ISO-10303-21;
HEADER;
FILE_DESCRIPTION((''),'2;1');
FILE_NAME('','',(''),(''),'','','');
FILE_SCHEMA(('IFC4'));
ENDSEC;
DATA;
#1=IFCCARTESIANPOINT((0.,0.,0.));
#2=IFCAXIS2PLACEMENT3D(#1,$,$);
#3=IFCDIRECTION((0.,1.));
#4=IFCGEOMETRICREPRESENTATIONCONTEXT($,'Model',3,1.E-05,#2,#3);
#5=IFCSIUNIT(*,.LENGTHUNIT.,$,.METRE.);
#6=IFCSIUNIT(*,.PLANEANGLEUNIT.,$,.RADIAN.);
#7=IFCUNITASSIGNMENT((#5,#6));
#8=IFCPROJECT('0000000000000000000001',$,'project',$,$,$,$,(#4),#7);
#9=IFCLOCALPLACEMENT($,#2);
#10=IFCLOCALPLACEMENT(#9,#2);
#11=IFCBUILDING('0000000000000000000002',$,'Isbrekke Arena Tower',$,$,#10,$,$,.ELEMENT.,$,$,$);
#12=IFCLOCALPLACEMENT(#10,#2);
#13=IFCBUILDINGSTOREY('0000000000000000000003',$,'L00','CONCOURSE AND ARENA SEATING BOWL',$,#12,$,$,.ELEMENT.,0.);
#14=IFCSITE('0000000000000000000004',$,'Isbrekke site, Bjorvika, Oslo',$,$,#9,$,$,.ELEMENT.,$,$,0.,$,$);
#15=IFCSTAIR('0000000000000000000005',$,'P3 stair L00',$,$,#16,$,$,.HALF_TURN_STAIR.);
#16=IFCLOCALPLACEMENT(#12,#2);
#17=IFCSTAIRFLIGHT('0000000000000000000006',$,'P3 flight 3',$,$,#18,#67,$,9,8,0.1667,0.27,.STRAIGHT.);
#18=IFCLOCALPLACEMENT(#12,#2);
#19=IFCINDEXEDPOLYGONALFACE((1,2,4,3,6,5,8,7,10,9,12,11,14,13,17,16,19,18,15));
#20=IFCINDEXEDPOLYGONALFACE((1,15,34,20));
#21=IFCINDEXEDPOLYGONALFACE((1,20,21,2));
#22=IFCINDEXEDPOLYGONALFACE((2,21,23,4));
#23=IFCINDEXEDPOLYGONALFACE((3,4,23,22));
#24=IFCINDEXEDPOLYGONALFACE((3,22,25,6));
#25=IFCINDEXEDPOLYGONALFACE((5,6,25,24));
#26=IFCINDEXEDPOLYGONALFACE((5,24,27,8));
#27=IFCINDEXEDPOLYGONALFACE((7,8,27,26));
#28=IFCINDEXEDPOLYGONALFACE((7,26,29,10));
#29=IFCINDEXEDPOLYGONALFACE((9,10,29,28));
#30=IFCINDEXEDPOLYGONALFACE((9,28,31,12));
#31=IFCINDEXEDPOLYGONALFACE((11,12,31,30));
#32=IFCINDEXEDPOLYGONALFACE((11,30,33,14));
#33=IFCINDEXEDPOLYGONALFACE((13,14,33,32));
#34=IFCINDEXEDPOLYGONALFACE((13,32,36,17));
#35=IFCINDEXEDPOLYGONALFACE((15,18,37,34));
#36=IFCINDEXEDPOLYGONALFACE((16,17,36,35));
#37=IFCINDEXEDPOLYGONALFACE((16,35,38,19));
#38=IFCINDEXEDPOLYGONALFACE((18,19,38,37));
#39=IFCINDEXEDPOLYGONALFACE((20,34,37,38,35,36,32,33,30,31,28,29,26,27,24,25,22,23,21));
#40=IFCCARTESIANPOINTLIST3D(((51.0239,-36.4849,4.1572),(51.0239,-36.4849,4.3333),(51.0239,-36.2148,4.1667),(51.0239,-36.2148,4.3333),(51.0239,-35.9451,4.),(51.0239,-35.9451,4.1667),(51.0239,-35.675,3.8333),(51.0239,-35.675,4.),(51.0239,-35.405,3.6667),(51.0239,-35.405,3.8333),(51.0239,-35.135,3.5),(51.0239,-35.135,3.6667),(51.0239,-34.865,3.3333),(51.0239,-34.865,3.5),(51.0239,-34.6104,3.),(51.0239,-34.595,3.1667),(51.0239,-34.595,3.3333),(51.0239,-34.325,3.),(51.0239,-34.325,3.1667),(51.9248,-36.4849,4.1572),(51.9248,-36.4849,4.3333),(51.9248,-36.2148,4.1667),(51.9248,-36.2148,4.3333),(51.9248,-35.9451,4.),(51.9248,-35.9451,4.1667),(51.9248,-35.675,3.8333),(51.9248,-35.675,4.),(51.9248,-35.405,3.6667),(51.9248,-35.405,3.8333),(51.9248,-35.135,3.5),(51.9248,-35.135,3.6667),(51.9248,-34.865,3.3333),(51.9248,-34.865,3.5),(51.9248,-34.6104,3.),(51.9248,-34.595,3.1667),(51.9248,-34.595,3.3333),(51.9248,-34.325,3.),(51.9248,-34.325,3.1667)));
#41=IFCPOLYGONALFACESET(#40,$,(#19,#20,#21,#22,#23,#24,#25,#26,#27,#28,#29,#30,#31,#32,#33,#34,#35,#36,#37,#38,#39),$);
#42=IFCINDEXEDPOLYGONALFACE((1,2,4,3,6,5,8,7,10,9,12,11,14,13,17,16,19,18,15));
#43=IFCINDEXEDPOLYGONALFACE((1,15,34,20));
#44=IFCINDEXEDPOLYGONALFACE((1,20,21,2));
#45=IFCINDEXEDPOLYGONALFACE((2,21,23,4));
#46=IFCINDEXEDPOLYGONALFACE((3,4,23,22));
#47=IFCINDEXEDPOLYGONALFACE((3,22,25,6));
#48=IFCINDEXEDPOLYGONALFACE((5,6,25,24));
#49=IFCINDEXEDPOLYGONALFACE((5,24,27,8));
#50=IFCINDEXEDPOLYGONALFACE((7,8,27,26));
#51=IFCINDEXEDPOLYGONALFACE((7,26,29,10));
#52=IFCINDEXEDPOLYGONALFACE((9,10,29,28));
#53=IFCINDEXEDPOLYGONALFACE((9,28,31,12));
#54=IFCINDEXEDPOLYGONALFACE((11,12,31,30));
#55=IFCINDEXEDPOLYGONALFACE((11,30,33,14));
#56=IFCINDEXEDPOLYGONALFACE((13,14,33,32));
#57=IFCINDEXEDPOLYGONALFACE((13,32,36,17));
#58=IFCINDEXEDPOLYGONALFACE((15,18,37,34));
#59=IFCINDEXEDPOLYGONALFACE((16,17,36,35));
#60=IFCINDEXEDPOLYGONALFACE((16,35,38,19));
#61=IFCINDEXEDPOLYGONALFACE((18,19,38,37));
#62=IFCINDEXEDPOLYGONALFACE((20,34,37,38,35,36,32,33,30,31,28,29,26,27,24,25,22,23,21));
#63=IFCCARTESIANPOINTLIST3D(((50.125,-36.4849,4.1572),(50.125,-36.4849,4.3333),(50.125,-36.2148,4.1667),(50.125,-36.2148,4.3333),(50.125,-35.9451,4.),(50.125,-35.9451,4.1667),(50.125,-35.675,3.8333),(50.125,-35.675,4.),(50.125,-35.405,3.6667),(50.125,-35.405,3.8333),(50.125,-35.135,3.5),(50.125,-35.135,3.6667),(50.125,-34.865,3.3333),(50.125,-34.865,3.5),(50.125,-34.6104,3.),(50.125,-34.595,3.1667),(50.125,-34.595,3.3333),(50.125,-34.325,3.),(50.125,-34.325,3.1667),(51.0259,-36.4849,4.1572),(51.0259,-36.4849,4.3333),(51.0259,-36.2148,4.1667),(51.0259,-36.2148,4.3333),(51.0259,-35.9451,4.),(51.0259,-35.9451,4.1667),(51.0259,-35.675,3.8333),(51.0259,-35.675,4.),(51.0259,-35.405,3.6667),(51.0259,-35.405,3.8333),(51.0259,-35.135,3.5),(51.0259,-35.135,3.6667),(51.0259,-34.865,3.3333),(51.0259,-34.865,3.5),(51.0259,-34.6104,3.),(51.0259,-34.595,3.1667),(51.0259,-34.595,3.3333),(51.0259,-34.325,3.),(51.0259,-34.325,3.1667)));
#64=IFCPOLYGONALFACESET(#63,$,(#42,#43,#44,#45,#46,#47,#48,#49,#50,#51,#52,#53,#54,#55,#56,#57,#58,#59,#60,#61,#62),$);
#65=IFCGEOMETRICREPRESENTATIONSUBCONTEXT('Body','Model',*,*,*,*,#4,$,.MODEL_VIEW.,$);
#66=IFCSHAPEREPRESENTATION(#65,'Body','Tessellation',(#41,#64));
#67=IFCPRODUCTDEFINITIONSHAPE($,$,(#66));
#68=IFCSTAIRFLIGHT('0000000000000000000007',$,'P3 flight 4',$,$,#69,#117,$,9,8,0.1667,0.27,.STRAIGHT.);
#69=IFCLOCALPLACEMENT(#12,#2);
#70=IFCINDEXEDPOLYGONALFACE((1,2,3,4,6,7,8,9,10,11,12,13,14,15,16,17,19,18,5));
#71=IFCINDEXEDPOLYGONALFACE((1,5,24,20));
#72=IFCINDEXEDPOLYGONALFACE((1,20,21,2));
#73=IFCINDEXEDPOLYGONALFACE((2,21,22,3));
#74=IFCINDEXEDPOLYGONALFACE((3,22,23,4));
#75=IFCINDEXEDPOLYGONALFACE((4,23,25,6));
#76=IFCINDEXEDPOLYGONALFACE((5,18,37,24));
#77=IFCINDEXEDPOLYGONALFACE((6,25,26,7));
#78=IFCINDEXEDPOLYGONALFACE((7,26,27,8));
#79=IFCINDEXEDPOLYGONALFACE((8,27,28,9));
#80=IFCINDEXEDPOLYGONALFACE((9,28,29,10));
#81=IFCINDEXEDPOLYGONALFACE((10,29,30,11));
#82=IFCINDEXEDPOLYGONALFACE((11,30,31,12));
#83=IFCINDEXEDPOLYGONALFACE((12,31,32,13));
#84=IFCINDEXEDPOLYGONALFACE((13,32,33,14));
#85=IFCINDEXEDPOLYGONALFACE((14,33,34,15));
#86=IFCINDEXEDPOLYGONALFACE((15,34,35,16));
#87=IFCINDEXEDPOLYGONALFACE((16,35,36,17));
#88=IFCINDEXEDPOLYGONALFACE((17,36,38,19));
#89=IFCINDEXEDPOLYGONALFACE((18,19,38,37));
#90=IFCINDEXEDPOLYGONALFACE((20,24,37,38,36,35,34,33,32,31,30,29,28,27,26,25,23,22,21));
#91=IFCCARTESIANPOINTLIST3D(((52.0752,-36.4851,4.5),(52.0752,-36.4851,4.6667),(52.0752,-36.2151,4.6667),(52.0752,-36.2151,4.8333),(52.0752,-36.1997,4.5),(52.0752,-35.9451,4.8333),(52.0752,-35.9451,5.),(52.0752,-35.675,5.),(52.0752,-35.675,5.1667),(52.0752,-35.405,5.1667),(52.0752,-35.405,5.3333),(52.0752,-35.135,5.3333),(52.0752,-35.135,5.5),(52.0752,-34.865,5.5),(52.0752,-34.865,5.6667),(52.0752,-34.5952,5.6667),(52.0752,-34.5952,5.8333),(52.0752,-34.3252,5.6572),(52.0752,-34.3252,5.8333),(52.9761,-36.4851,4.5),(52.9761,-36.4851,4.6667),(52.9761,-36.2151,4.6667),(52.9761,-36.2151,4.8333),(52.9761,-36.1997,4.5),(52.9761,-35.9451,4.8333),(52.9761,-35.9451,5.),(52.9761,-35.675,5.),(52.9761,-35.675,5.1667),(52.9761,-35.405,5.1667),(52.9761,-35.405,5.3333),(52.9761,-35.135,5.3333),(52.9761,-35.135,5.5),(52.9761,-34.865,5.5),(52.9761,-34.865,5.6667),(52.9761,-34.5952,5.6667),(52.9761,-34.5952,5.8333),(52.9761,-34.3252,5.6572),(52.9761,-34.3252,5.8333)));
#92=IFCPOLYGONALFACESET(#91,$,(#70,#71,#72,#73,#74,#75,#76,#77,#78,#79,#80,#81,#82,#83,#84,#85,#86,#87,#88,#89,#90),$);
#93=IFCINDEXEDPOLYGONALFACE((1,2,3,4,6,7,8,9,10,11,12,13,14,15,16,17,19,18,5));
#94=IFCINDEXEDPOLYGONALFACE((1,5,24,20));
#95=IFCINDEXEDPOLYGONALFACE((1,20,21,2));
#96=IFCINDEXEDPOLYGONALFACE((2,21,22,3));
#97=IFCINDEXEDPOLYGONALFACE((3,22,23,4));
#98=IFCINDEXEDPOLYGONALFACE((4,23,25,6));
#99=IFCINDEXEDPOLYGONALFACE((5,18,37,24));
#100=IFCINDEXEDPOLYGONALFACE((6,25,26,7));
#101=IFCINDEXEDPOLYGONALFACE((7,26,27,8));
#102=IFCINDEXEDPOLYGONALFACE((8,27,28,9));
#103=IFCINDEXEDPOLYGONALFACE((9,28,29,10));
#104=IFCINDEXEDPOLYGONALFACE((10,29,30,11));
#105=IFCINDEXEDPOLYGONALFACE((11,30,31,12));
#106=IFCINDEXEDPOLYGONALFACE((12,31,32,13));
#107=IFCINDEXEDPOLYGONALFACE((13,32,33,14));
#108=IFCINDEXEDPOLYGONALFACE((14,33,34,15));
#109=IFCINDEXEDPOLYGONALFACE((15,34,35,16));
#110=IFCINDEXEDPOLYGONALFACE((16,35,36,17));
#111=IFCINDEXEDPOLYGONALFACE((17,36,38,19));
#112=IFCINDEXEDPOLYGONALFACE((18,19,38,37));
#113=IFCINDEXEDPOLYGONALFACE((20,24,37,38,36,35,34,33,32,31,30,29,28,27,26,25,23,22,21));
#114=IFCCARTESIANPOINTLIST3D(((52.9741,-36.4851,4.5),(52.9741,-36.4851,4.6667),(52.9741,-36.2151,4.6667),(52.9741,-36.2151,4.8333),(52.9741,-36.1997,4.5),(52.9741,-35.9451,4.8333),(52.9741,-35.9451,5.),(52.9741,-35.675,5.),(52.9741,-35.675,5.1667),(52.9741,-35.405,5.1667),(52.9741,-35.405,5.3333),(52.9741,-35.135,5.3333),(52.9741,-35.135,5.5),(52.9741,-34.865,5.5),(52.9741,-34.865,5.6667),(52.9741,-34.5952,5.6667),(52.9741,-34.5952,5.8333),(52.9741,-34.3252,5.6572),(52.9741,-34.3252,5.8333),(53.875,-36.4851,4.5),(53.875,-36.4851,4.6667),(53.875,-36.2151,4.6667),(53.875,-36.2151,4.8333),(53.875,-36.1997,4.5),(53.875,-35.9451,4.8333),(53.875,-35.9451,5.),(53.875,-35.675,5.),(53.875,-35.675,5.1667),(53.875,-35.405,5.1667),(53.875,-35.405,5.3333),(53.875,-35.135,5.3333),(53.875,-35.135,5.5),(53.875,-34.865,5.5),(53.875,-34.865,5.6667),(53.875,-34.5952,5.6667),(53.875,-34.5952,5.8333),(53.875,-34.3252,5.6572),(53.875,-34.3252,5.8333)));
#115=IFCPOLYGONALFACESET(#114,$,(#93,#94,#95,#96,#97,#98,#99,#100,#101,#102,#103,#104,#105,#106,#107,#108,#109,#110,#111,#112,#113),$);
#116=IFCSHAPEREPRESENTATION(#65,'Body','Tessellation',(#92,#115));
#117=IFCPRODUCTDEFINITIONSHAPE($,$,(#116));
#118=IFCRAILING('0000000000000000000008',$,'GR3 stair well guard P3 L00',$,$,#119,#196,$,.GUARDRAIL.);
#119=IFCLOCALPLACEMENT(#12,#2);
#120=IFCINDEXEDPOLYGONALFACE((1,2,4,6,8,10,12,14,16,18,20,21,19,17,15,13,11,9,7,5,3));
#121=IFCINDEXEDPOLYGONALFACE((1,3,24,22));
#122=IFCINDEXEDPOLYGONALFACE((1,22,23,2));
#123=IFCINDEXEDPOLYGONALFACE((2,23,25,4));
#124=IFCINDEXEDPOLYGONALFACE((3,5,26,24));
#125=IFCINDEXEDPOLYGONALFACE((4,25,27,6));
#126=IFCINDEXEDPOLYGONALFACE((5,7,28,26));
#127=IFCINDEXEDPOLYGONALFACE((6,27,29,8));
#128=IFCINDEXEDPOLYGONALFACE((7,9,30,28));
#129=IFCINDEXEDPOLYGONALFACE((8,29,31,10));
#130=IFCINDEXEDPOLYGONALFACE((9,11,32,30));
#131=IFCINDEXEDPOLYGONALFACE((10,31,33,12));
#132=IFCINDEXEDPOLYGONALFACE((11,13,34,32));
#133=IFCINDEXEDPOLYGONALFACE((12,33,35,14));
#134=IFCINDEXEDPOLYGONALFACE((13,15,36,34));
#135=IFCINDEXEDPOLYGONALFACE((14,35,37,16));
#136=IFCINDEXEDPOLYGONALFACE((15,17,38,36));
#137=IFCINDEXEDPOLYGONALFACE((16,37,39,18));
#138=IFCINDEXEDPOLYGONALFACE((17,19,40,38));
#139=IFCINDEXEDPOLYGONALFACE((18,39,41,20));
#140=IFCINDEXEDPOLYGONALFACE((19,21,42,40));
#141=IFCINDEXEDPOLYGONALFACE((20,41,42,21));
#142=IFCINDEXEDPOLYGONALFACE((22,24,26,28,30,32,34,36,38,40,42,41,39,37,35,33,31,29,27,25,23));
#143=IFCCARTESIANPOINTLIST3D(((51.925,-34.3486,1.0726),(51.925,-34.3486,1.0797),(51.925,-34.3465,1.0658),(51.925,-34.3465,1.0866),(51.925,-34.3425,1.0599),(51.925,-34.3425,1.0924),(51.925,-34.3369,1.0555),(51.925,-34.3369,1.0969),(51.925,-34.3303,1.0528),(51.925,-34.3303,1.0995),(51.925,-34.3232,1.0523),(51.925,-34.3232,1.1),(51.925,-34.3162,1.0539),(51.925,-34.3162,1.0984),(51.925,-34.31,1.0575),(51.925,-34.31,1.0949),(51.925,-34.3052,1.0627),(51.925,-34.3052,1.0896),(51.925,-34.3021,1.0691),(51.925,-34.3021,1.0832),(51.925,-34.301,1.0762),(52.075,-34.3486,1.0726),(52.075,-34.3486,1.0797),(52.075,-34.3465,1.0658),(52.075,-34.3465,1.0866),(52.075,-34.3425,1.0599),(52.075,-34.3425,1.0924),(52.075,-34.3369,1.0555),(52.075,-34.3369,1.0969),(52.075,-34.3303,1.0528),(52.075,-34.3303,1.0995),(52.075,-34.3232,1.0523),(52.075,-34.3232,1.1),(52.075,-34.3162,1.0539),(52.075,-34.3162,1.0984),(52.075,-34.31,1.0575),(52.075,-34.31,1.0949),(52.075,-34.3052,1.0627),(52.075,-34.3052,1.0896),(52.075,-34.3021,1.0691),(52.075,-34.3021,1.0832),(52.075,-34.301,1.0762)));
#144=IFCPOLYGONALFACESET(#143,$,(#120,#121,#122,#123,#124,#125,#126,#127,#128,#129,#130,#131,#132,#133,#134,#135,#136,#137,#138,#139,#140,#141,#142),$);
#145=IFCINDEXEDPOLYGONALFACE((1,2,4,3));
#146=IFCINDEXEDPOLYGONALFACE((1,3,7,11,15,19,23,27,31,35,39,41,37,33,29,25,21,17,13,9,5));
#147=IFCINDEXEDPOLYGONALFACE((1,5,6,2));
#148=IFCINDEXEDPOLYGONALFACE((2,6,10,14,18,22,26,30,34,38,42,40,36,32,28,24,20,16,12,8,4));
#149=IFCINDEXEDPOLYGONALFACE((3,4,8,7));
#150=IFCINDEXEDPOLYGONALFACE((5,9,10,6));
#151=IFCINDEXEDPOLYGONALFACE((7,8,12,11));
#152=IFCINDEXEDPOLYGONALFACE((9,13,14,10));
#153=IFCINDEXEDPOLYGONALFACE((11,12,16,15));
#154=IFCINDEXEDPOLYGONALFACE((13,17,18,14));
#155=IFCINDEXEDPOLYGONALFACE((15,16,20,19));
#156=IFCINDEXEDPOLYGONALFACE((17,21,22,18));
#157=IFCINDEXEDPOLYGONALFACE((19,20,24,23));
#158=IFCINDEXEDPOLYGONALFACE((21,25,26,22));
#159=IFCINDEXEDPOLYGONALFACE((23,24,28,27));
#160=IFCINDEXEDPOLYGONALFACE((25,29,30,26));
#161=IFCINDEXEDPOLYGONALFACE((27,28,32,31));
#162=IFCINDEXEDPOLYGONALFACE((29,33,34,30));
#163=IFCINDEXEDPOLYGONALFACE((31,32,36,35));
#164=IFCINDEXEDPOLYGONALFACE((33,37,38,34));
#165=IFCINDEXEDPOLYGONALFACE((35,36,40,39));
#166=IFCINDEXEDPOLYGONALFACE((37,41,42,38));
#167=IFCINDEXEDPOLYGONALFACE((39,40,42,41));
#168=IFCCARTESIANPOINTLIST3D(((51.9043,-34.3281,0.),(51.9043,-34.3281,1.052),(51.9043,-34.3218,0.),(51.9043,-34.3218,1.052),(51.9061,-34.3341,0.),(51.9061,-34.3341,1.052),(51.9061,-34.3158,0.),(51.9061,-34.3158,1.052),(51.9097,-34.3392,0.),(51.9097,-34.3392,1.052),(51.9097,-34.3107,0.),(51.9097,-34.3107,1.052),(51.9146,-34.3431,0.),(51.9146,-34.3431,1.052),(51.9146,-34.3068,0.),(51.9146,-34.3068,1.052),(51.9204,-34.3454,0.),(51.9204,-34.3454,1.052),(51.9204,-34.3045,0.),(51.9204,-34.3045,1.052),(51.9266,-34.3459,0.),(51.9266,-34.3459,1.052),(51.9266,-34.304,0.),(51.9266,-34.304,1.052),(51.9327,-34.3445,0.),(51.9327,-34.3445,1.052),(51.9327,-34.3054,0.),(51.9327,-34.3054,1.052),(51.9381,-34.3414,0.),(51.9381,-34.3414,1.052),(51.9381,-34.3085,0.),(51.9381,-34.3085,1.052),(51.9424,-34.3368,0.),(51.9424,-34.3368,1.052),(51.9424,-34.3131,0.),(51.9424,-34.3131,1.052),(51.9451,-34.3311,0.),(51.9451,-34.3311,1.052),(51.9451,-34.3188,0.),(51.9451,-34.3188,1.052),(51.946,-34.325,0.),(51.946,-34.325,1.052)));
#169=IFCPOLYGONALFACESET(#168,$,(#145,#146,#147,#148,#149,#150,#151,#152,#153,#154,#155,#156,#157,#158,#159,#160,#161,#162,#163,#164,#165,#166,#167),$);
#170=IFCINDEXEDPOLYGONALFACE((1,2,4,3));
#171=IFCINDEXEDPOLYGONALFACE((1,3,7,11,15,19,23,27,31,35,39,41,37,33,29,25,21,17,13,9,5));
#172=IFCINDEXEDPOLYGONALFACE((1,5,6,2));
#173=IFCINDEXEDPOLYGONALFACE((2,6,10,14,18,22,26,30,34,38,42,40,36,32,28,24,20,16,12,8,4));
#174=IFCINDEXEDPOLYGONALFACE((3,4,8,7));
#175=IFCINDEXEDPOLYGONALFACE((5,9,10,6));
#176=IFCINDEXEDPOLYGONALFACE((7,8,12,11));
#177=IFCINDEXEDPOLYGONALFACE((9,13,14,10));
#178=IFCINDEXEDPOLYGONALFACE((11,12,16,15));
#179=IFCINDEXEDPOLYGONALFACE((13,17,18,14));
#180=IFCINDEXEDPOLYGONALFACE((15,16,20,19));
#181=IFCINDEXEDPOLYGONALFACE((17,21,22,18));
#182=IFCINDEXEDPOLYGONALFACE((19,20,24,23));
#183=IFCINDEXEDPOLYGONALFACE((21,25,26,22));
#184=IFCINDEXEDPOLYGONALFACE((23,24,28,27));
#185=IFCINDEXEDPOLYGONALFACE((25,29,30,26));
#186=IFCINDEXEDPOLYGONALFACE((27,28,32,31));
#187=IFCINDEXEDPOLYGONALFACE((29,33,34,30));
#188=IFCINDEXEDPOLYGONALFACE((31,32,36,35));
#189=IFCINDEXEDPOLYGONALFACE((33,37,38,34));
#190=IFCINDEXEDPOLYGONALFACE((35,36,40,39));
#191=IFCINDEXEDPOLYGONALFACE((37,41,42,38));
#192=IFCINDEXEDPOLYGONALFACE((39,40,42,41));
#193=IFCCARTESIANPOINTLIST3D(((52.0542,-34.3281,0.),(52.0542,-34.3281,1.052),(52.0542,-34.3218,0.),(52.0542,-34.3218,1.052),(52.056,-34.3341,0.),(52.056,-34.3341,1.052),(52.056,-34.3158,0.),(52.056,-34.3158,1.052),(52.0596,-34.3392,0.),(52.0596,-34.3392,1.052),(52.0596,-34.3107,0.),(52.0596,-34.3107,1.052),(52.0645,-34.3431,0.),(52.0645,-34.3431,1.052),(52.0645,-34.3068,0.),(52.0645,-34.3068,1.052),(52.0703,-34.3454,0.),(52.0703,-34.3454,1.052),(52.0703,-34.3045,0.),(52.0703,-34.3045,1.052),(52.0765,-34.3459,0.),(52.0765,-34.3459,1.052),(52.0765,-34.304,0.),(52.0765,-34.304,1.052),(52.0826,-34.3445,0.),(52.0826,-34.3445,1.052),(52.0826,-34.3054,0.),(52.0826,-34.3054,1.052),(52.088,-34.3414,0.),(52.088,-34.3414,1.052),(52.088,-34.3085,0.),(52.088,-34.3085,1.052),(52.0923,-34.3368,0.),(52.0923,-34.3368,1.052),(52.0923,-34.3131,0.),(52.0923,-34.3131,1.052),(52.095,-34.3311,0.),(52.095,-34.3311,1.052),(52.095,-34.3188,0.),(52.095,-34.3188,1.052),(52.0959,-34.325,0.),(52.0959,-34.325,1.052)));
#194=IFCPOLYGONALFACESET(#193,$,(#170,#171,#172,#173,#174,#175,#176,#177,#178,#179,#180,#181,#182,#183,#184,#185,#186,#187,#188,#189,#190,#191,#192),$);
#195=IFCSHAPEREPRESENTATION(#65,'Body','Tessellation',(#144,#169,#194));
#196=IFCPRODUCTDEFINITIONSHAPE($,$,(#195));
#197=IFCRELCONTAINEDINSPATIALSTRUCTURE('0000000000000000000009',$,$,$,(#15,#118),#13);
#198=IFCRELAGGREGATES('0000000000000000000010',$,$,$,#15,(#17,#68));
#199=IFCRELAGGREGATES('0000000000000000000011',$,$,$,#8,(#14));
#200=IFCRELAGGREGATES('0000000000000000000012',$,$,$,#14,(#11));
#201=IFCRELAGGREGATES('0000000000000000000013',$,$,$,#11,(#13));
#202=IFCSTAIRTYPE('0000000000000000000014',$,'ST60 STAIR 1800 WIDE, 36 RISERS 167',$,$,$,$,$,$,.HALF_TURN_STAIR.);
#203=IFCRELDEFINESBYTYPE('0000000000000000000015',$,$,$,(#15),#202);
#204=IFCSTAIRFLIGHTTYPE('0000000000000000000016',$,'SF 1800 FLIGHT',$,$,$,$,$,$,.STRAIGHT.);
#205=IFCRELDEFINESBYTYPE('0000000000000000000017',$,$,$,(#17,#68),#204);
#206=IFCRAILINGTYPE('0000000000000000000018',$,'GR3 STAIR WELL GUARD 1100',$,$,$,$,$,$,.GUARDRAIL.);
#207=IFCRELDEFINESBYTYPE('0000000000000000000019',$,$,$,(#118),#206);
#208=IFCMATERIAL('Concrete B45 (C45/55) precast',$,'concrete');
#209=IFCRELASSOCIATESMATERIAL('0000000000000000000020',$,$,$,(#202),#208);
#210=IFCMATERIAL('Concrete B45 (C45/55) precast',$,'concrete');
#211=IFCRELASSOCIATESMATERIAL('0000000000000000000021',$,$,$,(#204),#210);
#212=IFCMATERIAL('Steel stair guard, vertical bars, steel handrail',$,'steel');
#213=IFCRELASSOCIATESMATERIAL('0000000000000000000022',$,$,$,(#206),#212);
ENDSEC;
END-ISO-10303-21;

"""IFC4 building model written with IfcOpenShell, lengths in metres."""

from ifc_helpers import new_model, si_unit, direction, frame, origin, origin_2d, place, context, subcontext, project, spatial, polyline, circle, outline, extrude, material, type_object, element, aggregate, save


model = new_model("IFC4")

# Units and contexts
model_context = context("Model", 3, precision=1e-05, world=origin(), true_north=direction((0.0, 1.0)))
body_context = subcontext(model_context, "Body", "Model", "MODEL_VIEW")
ifc_project = project(units=[si_unit("LENGTHUNIT", "METRE"), si_unit("PLANEANGLEUNIT", "RADIAN")], contexts=[model_context])

# Site, building, storey
site_placement = place(None, origin())
site = spatial("IfcSite", under=ifc_project, at=site_placement, Name="Isbrekke site, Bjorvika, Oslo", CompositionType="ELEMENT", RefElevation=0.0)
building_placement = place(site_placement, origin())
building = spatial("IfcBuilding", under=site, at=building_placement, Name="Isbrekke Arena Tower", CompositionType="ELEMENT")
storey_placement = place(building_placement, origin())
storey = spatial("IfcBuildingStorey", under=building, at=storey_placement, Name="L00", Description="CONCOURSE AND ARENA SEATING BOWL", CompositionType="ELEMENT", Elevation=0.0)

# Stair, stair flights
ifc_material_1 = material(Name="Concrete B45 (C45/55) precast", Category="concrete")
stair_type = type_object("IfcStairType", Name="ST60 STAIR 1800 WIDE, 36 RISERS 167", PredefinedType="HALF_TURN_STAIR", material=ifc_material_1)
stair_placement = place(storey_placement, origin())
stair = element("IfcStair", 1, at=stair_placement, inside=storey, type_object=stair_type, Name="P3 stair L00", PredefinedType="HALF_TURN_STAIR")
ifc_material_2 = material(Name="Concrete B45 (C45/55) precast", Category="concrete")
stair_flight_type = type_object("IfcStairFlightType", Name="SF 1800 FLIGHT", PredefinedType="STRAIGHT", material=ifc_material_2)
stair_flight_1_placement = place(storey_placement, frame((51.0249, -34.325, 3.0), z_axis=(0.0, 0.0, 1.0), x_axis=(0.0, -1.0, 0.0)))
stair_flight_1 = element("IfcStairFlight", 2, at=stair_flight_1_placement, type_object=stair_flight_type, Name="P3 flight 3", NumberOfRisers=9, NumberOfTreads=8, PredefinedType="STRAIGHT", RiserHeight=0.1667, TreadLength=0.27, context=body_context, shape_type="SweptSolid", body=[
    extrude(outline(polyline([(0.0, 0.0), (0.0, 0.1667), (0.27, 0.1667), (0.27, 0.3333), (0.54, 0.3333), (0.54, 0.5), (0.8101, 0.5), (0.8101, 0.6667), (1.0801, 0.6667), (1.0801, 0.8333), (1.3501, 0.8333), (1.3501, 1.0), (1.6201, 1.0), (1.6201, 1.1667), (1.8899, 1.1667), (1.8899, 1.3333), (2.1599, 1.3333), (2.1599, 1.5), (2.1599, 1.1572), (0.2854, 0.0), (0.0, 0.0)])), frame((0.0, 0.8999, 0.0), z_axis=(0.0, -1.0, 0.0), x_axis=(1.0, 0.0, 0.0)), (0.0, 0.0, 1.0), 0.9009),
    extrude(outline(polyline([(0.0, 0.0), (0.0, 0.1667), (0.27, 0.1667), (0.27, 0.3333), (0.54, 0.3333), (0.54, 0.5), (0.8101, 0.5), (0.8101, 0.6667), (1.0801, 0.6667), (1.0801, 0.8333), (1.3501, 0.8333), (1.3501, 1.0), (1.6201, 1.0), (1.6201, 1.1667), (1.8899, 1.1667), (1.8899, 1.3333), (2.1599, 1.3333), (2.1599, 1.5), (2.1599, 1.1572), (0.2854, 0.0), (0.0, 0.0)])), frame((0.0, 0.001, 0.0), z_axis=(0.0, -1.0, 0.0), x_axis=(1.0, 0.0, 0.0)), (0.0, 0.0, 1.0), 0.9009),
])
stair_flight_2_placement = place(storey_placement, frame((52.9751, -36.4851, 4.5), z_axis=(0.0, 0.0, 1.0), x_axis=(0.0, 1.0, 0.0)))
stair_flight_2 = element("IfcStairFlight", 3, at=stair_flight_2_placement, type_object=stair_flight_type, Name="P3 flight 4", NumberOfRisers=9, NumberOfTreads=8, PredefinedType="STRAIGHT", RiserHeight=0.1667, TreadLength=0.27, context=body_context, shape_type="SweptSolid", body=[
    extrude(outline(polyline([(0.0, 0.0), (0.0, 0.1667), (0.27, 0.1667), (0.27, 0.3333), (0.54, 0.3333), (0.54, 0.5), (0.8101, 0.5), (0.8101, 0.6667), (1.0801, 0.6667), (1.0801, 0.8333), (1.3501, 0.8333), (1.3501, 1.0), (1.6201, 1.0), (1.6201, 1.1667), (1.8899, 1.1667), (1.8899, 1.3333), (2.1599, 1.3333), (2.1599, 1.5), (2.1599, 1.1572), (0.2854, 0.0), (0.0, 0.0)])), frame((0.0, 0.8999, 0.0), z_axis=(0.0, -1.0, 0.0), x_axis=(1.0, 0.0, 0.0)), (0.0, 0.0, 1.0), 0.9009),
    extrude(outline(polyline([(0.0, 0.0), (0.0, 0.1667), (0.27, 0.1667), (0.27, 0.3333), (0.54, 0.3333), (0.54, 0.5), (0.8101, 0.5), (0.8101, 0.6667), (1.0801, 0.6667), (1.0801, 0.8333), (1.3501, 0.8333), (1.3501, 1.0), (1.6201, 1.0), (1.6201, 1.1667), (1.8899, 1.1667), (1.8899, 1.3333), (2.1599, 1.3333), (2.1599, 1.5), (2.1599, 1.1572), (0.2854, 0.0), (0.0, 0.0)])), frame((0.0, 0.001, 0.0), z_axis=(0.0, -1.0, 0.0), x_axis=(1.0, 0.0, 0.0)), (0.0, 0.0, 1.0), 0.9009),
])
aggregate(stair, [stair_flight_1, stair_flight_2])

# Railing
ifc_material_3 = material(Name="Steel stair guard, vertical bars, steel handrail", Category="steel")
railing_type = type_object("IfcRailingType", Name="GR3 STAIR WELL GUARD 1100", PredefinedType="GUARDRAIL", material=ifc_material_3)
for number, where, name in (
    (4, (51.925, -34.325, 0.0), "GR3 stair well guard P3 L00"),
):
    element("IfcRailing", number, at=place(storey_placement, frame(where)), inside=storey, type_object=railing_type, Name=name, PredefinedType="GUARDRAIL", context=body_context, shape_type="SweptSolid", body=[
        extrude(circle(Radius=0.0239, at=origin_2d()), frame((0.0, 0.0, 1.0762), z_axis=(1.0, 0.0, 0.0), x_axis=(0.0, 1.0, 0.0)), (0.0, 0.0, 1.0), 0.1499),
        extrude(circle(Radius=0.021, at=origin_2d()), origin(), (0.0, 0.0, 1.0), 1.052),
        extrude(circle(Radius=0.021, at=origin_2d()), frame((0.1499, 0.0, 0.0)), (0.0, 0.0, 1.0), 1.052),
    ])

save(model, "model.ifc")
